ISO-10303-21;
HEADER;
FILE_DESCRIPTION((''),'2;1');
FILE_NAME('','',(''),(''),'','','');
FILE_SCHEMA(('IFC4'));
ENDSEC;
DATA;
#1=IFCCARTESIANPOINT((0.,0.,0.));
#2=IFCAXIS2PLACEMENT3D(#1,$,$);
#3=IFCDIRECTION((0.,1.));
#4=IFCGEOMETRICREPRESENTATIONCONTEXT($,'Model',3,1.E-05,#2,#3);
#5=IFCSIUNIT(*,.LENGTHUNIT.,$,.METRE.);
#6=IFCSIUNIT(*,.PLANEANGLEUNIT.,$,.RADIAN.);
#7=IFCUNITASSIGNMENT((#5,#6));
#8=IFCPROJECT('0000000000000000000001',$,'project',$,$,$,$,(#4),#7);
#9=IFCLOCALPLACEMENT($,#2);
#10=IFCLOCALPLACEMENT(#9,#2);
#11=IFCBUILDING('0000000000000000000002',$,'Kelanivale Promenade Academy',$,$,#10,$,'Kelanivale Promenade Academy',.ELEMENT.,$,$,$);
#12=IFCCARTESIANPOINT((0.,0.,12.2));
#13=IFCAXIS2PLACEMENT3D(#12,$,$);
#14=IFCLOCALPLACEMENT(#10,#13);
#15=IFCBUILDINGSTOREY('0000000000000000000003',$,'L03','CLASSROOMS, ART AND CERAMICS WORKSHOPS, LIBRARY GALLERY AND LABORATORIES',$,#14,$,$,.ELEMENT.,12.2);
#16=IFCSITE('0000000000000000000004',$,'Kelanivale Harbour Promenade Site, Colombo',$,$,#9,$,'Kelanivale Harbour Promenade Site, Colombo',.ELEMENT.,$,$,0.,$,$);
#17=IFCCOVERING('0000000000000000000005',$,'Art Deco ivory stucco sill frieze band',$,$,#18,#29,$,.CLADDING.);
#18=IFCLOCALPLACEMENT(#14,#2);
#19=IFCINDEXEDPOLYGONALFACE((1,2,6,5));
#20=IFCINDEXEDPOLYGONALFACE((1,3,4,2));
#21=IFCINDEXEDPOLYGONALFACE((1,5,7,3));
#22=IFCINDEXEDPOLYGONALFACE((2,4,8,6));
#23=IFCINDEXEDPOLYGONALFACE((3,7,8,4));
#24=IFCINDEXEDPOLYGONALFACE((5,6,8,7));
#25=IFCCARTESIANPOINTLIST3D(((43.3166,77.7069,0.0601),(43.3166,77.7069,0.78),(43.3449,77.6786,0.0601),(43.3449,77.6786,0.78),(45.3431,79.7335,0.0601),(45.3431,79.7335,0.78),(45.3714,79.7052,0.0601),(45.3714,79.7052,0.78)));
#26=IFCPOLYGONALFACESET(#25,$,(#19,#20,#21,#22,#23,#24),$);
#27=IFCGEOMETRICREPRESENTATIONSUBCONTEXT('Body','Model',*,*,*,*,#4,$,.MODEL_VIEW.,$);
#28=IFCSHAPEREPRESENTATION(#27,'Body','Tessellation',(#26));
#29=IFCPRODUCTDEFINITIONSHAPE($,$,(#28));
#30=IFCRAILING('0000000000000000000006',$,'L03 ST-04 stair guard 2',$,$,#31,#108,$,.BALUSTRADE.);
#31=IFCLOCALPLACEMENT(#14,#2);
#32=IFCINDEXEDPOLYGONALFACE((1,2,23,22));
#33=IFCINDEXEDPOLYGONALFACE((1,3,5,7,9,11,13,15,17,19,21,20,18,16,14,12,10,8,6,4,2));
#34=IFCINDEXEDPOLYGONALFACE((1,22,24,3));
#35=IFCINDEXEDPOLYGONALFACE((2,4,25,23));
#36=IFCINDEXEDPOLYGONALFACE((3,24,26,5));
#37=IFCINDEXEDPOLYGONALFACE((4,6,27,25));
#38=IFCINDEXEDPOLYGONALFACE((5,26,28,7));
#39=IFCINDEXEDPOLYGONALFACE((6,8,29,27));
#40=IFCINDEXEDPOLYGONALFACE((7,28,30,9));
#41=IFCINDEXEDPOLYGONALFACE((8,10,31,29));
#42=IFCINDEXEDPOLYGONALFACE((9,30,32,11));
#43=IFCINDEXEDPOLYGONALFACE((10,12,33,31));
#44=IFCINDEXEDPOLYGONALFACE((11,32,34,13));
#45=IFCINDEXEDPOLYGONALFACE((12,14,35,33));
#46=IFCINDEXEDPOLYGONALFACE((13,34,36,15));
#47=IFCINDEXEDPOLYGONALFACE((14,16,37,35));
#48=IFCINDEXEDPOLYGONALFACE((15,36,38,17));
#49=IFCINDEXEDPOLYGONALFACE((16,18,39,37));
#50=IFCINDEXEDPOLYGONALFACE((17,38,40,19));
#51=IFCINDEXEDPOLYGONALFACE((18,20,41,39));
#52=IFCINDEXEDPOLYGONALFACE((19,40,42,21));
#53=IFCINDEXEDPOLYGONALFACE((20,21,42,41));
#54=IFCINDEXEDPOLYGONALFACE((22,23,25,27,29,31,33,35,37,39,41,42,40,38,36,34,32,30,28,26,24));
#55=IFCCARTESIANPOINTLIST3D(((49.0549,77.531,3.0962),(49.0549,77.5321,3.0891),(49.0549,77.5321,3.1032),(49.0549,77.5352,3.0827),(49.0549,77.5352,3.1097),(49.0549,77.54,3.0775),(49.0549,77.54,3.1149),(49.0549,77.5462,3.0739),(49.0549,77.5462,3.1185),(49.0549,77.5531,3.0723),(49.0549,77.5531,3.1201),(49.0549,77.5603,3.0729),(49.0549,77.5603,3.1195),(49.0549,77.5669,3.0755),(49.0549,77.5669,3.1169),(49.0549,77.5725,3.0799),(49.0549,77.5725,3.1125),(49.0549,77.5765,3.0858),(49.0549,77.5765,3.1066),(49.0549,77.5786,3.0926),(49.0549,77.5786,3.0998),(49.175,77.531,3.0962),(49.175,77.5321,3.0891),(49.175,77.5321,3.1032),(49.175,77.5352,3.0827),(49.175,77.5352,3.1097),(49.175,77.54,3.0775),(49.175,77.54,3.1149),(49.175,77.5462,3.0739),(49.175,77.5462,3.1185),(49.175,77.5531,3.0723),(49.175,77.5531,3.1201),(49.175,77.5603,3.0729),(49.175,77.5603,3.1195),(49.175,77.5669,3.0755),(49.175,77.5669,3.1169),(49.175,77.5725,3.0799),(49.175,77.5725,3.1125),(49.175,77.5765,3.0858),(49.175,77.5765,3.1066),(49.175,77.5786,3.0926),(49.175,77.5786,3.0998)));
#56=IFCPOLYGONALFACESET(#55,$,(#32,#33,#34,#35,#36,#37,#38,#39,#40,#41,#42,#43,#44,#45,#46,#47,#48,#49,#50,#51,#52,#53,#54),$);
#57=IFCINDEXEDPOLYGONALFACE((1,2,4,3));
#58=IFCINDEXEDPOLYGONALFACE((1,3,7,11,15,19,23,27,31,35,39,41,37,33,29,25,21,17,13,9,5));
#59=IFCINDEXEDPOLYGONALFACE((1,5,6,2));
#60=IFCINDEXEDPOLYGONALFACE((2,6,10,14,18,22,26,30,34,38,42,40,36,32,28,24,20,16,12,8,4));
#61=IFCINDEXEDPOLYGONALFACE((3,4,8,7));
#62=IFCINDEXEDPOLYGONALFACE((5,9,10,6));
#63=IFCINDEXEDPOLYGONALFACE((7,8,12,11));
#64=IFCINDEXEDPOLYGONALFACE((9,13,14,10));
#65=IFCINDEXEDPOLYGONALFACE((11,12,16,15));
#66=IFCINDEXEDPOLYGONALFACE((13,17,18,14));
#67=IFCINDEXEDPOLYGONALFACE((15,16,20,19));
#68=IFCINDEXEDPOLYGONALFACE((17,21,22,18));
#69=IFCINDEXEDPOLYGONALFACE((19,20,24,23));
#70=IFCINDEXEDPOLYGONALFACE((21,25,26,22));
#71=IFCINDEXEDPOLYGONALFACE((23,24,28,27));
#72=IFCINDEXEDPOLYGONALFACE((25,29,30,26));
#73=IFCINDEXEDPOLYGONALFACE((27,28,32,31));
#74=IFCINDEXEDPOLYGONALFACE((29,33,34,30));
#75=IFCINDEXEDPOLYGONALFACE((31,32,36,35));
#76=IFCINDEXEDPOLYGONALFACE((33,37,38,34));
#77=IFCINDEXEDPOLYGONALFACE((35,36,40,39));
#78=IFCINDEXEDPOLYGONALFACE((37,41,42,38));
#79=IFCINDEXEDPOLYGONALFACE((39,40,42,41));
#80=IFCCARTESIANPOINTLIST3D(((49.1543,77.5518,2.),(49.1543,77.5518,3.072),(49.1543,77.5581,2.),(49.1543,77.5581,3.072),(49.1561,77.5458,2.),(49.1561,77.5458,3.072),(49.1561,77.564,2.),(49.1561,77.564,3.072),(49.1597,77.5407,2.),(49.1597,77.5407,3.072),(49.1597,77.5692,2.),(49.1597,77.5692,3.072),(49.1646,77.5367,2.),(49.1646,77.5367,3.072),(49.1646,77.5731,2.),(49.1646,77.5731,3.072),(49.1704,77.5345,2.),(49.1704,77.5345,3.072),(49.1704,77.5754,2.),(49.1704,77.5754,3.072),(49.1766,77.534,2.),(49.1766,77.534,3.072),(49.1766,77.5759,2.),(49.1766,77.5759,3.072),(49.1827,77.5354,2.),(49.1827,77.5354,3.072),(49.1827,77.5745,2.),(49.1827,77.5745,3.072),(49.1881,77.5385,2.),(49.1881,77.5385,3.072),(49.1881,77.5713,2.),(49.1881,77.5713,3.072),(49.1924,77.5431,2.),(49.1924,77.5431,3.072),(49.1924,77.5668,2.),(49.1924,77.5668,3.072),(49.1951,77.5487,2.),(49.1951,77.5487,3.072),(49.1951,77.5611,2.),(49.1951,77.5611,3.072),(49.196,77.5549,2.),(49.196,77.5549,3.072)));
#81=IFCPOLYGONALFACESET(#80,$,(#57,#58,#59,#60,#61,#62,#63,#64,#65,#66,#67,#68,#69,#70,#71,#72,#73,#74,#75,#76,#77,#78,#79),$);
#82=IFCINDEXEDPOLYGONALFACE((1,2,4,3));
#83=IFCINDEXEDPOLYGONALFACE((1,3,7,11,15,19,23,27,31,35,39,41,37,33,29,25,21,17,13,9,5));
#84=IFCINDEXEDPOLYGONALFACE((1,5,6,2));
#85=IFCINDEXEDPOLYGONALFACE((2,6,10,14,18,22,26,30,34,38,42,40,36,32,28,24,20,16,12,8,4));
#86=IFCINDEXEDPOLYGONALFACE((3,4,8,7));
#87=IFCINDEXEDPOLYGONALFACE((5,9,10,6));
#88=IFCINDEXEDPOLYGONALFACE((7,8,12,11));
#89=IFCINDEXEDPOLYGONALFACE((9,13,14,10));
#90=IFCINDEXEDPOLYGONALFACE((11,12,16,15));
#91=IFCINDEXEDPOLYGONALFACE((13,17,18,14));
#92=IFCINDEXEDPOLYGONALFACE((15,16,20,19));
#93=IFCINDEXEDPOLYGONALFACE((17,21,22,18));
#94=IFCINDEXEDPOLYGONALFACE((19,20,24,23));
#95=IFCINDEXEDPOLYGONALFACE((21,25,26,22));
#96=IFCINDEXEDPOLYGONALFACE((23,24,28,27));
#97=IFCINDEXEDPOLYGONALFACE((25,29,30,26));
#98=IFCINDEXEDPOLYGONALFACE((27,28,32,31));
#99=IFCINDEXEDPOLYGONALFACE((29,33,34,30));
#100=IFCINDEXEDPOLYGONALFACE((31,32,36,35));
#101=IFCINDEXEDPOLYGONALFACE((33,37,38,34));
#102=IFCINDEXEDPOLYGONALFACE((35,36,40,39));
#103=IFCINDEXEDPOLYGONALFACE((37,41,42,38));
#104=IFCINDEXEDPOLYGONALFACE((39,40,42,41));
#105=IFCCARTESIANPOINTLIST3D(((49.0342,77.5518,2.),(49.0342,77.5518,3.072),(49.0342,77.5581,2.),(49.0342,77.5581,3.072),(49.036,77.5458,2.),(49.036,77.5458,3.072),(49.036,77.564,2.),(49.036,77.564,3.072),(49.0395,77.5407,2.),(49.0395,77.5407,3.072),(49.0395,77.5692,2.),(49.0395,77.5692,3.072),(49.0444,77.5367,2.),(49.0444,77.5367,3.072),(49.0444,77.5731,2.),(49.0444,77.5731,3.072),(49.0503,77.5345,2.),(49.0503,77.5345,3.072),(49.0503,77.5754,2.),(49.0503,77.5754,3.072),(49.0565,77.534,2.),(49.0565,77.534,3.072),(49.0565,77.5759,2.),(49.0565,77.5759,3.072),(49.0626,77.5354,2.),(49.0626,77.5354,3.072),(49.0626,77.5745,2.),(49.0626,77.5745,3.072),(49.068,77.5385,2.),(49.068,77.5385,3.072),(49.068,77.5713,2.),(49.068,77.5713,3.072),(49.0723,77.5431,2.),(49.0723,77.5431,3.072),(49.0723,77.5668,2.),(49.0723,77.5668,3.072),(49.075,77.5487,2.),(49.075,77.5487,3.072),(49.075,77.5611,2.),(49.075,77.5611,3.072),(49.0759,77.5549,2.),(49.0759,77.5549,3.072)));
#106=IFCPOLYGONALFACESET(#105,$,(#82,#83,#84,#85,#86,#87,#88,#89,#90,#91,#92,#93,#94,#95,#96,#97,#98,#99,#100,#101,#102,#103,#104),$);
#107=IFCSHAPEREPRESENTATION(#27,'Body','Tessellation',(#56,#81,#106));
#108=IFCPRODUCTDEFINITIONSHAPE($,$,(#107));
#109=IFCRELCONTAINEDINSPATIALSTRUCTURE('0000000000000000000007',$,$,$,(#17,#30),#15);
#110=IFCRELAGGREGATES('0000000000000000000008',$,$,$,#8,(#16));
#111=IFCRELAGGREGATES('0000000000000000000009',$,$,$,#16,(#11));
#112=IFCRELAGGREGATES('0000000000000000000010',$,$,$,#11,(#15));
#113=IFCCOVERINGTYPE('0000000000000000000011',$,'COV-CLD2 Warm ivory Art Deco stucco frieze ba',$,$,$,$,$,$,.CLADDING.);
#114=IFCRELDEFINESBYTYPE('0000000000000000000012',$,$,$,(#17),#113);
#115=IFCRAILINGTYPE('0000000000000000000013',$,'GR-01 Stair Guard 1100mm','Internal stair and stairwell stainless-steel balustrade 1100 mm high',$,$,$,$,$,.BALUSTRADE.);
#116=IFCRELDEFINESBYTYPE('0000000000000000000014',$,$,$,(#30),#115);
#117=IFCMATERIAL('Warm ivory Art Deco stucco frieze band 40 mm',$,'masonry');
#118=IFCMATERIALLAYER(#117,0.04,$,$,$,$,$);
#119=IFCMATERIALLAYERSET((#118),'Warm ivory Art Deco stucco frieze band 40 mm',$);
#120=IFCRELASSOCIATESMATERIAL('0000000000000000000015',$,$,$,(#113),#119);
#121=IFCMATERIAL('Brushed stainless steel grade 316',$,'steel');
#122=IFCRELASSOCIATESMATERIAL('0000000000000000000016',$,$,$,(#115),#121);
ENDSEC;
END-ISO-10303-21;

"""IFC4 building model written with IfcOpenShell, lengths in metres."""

from ifc_helpers import new_model, si_unit, direction, frame, origin, origin_2d, place, context, subcontext, project, spatial, rectangle, circle, extrude, material, layer, layer_set, type_object, element, save


model = new_model("IFC4")

# Units and contexts
model_context = context("Model", 3, precision=1e-05, world=origin(), true_north=direction((0.0, 1.0)))
body_context = subcontext(model_context, "Body", "Model", "MODEL_VIEW")
ifc_project = project(units=[si_unit("LENGTHUNIT", "METRE"), si_unit("PLANEANGLEUNIT", "RADIAN")], contexts=[model_context])

# Site, building, storey
site_placement = place(None, origin())
site = spatial("IfcSite", under=ifc_project, at=site_placement, Name="Kelanivale Harbour Promenade Site, Colombo", LongName="Kelanivale Harbour Promenade Site, Colombo", CompositionType="ELEMENT", RefElevation=0.0)
building_placement = place(site_placement, origin())
building = spatial("IfcBuilding", under=site, at=building_placement, Name="Kelanivale Promenade Academy", LongName="Kelanivale Promenade Academy", CompositionType="ELEMENT")
storey_placement = place(building_placement, frame((0.0, 0.0, 12.2)))
storey = spatial("IfcBuildingStorey", under=building, at=storey_placement, Name="L03", Description="CLASSROOMS, ART AND CERAMICS WORKSHOPS, LIBRARY GALLERY AND LABORATORIES", CompositionType="ELEMENT", Elevation=12.2)

# Covering
ifc_material_1 = material(Name="Warm ivory Art Deco stucco frieze band 40 mm", Category="masonry")
ifc_layer_1 = layer(ifc_material_1, 0.04)
ifc_layer_set_1 = layer_set([ifc_layer_1], Name="Warm ivory Art Deco stucco frieze band 40 mm")
covering_type = type_object("IfcCoveringType", Name="COV-CLD2 Warm ivory Art Deco stucco frieze ba", PredefinedType="CLADDING", material=ifc_layer_set_1)
covering_1_placement = place(storey_placement, frame((44.344, 78.7061, 0.0601), z_axis=(0.0, 0.0, 1.0), x_axis=(-0.707107, -0.707107, 0.0)))
element("IfcCovering", 1, at=covering_1_placement, inside=storey, type_object=covering_type, Name="Art Deco ivory stucco sill frieze band", PredefinedType="CLADDING", context=body_context, shape_type="SweptSolid", body=[
    extrude(rectangle(XDim=2.866, YDim=0.04, at=origin_2d()), origin(), (0.0, 0.0, 1.0), 0.72),
])

# Railing
ifc_material_2 = material(Name="Brushed stainless steel grade 316", Category="steel")
railing_type_1 = type_object("IfcRailingType", Name="GR-01 Stair Guard 1100mm", Description="Internal stair and stairwell stainless-steel balustrade 1100 mm high", PredefinedType="BALUSTRADE", material=ifc_material_2)
railing_1_placement = place(storey_placement, frame((49.175, 77.5549, 2.0)))
element("IfcRailing", 2, at=railing_1_placement, inside=storey, type_object=railing_type_1, Name="L03 ST-04 stair guard 2", PredefinedType="BALUSTRADE", context=body_context, shape_type="SweptSolid", body=[
    extrude(circle(Radius=0.0239, at=origin_2d()), frame((0.0, 0.0, 1.0962), z_axis=(-1.0, 0.0, 0.0), x_axis=(0.0, -1.0, 0.0)), (0.0, 0.0, 1.0), 0.1201),
    extrude(circle(Radius=0.021, at=origin_2d()), origin(), (0.0, 0.0, 1.0), 1.072),
    extrude(circle(Radius=0.021, at=origin_2d()), frame((-0.1201, 0.0, 0.0)), (0.0, 0.0, 1.0), 1.072),
])

save(model, "model.ifc")
